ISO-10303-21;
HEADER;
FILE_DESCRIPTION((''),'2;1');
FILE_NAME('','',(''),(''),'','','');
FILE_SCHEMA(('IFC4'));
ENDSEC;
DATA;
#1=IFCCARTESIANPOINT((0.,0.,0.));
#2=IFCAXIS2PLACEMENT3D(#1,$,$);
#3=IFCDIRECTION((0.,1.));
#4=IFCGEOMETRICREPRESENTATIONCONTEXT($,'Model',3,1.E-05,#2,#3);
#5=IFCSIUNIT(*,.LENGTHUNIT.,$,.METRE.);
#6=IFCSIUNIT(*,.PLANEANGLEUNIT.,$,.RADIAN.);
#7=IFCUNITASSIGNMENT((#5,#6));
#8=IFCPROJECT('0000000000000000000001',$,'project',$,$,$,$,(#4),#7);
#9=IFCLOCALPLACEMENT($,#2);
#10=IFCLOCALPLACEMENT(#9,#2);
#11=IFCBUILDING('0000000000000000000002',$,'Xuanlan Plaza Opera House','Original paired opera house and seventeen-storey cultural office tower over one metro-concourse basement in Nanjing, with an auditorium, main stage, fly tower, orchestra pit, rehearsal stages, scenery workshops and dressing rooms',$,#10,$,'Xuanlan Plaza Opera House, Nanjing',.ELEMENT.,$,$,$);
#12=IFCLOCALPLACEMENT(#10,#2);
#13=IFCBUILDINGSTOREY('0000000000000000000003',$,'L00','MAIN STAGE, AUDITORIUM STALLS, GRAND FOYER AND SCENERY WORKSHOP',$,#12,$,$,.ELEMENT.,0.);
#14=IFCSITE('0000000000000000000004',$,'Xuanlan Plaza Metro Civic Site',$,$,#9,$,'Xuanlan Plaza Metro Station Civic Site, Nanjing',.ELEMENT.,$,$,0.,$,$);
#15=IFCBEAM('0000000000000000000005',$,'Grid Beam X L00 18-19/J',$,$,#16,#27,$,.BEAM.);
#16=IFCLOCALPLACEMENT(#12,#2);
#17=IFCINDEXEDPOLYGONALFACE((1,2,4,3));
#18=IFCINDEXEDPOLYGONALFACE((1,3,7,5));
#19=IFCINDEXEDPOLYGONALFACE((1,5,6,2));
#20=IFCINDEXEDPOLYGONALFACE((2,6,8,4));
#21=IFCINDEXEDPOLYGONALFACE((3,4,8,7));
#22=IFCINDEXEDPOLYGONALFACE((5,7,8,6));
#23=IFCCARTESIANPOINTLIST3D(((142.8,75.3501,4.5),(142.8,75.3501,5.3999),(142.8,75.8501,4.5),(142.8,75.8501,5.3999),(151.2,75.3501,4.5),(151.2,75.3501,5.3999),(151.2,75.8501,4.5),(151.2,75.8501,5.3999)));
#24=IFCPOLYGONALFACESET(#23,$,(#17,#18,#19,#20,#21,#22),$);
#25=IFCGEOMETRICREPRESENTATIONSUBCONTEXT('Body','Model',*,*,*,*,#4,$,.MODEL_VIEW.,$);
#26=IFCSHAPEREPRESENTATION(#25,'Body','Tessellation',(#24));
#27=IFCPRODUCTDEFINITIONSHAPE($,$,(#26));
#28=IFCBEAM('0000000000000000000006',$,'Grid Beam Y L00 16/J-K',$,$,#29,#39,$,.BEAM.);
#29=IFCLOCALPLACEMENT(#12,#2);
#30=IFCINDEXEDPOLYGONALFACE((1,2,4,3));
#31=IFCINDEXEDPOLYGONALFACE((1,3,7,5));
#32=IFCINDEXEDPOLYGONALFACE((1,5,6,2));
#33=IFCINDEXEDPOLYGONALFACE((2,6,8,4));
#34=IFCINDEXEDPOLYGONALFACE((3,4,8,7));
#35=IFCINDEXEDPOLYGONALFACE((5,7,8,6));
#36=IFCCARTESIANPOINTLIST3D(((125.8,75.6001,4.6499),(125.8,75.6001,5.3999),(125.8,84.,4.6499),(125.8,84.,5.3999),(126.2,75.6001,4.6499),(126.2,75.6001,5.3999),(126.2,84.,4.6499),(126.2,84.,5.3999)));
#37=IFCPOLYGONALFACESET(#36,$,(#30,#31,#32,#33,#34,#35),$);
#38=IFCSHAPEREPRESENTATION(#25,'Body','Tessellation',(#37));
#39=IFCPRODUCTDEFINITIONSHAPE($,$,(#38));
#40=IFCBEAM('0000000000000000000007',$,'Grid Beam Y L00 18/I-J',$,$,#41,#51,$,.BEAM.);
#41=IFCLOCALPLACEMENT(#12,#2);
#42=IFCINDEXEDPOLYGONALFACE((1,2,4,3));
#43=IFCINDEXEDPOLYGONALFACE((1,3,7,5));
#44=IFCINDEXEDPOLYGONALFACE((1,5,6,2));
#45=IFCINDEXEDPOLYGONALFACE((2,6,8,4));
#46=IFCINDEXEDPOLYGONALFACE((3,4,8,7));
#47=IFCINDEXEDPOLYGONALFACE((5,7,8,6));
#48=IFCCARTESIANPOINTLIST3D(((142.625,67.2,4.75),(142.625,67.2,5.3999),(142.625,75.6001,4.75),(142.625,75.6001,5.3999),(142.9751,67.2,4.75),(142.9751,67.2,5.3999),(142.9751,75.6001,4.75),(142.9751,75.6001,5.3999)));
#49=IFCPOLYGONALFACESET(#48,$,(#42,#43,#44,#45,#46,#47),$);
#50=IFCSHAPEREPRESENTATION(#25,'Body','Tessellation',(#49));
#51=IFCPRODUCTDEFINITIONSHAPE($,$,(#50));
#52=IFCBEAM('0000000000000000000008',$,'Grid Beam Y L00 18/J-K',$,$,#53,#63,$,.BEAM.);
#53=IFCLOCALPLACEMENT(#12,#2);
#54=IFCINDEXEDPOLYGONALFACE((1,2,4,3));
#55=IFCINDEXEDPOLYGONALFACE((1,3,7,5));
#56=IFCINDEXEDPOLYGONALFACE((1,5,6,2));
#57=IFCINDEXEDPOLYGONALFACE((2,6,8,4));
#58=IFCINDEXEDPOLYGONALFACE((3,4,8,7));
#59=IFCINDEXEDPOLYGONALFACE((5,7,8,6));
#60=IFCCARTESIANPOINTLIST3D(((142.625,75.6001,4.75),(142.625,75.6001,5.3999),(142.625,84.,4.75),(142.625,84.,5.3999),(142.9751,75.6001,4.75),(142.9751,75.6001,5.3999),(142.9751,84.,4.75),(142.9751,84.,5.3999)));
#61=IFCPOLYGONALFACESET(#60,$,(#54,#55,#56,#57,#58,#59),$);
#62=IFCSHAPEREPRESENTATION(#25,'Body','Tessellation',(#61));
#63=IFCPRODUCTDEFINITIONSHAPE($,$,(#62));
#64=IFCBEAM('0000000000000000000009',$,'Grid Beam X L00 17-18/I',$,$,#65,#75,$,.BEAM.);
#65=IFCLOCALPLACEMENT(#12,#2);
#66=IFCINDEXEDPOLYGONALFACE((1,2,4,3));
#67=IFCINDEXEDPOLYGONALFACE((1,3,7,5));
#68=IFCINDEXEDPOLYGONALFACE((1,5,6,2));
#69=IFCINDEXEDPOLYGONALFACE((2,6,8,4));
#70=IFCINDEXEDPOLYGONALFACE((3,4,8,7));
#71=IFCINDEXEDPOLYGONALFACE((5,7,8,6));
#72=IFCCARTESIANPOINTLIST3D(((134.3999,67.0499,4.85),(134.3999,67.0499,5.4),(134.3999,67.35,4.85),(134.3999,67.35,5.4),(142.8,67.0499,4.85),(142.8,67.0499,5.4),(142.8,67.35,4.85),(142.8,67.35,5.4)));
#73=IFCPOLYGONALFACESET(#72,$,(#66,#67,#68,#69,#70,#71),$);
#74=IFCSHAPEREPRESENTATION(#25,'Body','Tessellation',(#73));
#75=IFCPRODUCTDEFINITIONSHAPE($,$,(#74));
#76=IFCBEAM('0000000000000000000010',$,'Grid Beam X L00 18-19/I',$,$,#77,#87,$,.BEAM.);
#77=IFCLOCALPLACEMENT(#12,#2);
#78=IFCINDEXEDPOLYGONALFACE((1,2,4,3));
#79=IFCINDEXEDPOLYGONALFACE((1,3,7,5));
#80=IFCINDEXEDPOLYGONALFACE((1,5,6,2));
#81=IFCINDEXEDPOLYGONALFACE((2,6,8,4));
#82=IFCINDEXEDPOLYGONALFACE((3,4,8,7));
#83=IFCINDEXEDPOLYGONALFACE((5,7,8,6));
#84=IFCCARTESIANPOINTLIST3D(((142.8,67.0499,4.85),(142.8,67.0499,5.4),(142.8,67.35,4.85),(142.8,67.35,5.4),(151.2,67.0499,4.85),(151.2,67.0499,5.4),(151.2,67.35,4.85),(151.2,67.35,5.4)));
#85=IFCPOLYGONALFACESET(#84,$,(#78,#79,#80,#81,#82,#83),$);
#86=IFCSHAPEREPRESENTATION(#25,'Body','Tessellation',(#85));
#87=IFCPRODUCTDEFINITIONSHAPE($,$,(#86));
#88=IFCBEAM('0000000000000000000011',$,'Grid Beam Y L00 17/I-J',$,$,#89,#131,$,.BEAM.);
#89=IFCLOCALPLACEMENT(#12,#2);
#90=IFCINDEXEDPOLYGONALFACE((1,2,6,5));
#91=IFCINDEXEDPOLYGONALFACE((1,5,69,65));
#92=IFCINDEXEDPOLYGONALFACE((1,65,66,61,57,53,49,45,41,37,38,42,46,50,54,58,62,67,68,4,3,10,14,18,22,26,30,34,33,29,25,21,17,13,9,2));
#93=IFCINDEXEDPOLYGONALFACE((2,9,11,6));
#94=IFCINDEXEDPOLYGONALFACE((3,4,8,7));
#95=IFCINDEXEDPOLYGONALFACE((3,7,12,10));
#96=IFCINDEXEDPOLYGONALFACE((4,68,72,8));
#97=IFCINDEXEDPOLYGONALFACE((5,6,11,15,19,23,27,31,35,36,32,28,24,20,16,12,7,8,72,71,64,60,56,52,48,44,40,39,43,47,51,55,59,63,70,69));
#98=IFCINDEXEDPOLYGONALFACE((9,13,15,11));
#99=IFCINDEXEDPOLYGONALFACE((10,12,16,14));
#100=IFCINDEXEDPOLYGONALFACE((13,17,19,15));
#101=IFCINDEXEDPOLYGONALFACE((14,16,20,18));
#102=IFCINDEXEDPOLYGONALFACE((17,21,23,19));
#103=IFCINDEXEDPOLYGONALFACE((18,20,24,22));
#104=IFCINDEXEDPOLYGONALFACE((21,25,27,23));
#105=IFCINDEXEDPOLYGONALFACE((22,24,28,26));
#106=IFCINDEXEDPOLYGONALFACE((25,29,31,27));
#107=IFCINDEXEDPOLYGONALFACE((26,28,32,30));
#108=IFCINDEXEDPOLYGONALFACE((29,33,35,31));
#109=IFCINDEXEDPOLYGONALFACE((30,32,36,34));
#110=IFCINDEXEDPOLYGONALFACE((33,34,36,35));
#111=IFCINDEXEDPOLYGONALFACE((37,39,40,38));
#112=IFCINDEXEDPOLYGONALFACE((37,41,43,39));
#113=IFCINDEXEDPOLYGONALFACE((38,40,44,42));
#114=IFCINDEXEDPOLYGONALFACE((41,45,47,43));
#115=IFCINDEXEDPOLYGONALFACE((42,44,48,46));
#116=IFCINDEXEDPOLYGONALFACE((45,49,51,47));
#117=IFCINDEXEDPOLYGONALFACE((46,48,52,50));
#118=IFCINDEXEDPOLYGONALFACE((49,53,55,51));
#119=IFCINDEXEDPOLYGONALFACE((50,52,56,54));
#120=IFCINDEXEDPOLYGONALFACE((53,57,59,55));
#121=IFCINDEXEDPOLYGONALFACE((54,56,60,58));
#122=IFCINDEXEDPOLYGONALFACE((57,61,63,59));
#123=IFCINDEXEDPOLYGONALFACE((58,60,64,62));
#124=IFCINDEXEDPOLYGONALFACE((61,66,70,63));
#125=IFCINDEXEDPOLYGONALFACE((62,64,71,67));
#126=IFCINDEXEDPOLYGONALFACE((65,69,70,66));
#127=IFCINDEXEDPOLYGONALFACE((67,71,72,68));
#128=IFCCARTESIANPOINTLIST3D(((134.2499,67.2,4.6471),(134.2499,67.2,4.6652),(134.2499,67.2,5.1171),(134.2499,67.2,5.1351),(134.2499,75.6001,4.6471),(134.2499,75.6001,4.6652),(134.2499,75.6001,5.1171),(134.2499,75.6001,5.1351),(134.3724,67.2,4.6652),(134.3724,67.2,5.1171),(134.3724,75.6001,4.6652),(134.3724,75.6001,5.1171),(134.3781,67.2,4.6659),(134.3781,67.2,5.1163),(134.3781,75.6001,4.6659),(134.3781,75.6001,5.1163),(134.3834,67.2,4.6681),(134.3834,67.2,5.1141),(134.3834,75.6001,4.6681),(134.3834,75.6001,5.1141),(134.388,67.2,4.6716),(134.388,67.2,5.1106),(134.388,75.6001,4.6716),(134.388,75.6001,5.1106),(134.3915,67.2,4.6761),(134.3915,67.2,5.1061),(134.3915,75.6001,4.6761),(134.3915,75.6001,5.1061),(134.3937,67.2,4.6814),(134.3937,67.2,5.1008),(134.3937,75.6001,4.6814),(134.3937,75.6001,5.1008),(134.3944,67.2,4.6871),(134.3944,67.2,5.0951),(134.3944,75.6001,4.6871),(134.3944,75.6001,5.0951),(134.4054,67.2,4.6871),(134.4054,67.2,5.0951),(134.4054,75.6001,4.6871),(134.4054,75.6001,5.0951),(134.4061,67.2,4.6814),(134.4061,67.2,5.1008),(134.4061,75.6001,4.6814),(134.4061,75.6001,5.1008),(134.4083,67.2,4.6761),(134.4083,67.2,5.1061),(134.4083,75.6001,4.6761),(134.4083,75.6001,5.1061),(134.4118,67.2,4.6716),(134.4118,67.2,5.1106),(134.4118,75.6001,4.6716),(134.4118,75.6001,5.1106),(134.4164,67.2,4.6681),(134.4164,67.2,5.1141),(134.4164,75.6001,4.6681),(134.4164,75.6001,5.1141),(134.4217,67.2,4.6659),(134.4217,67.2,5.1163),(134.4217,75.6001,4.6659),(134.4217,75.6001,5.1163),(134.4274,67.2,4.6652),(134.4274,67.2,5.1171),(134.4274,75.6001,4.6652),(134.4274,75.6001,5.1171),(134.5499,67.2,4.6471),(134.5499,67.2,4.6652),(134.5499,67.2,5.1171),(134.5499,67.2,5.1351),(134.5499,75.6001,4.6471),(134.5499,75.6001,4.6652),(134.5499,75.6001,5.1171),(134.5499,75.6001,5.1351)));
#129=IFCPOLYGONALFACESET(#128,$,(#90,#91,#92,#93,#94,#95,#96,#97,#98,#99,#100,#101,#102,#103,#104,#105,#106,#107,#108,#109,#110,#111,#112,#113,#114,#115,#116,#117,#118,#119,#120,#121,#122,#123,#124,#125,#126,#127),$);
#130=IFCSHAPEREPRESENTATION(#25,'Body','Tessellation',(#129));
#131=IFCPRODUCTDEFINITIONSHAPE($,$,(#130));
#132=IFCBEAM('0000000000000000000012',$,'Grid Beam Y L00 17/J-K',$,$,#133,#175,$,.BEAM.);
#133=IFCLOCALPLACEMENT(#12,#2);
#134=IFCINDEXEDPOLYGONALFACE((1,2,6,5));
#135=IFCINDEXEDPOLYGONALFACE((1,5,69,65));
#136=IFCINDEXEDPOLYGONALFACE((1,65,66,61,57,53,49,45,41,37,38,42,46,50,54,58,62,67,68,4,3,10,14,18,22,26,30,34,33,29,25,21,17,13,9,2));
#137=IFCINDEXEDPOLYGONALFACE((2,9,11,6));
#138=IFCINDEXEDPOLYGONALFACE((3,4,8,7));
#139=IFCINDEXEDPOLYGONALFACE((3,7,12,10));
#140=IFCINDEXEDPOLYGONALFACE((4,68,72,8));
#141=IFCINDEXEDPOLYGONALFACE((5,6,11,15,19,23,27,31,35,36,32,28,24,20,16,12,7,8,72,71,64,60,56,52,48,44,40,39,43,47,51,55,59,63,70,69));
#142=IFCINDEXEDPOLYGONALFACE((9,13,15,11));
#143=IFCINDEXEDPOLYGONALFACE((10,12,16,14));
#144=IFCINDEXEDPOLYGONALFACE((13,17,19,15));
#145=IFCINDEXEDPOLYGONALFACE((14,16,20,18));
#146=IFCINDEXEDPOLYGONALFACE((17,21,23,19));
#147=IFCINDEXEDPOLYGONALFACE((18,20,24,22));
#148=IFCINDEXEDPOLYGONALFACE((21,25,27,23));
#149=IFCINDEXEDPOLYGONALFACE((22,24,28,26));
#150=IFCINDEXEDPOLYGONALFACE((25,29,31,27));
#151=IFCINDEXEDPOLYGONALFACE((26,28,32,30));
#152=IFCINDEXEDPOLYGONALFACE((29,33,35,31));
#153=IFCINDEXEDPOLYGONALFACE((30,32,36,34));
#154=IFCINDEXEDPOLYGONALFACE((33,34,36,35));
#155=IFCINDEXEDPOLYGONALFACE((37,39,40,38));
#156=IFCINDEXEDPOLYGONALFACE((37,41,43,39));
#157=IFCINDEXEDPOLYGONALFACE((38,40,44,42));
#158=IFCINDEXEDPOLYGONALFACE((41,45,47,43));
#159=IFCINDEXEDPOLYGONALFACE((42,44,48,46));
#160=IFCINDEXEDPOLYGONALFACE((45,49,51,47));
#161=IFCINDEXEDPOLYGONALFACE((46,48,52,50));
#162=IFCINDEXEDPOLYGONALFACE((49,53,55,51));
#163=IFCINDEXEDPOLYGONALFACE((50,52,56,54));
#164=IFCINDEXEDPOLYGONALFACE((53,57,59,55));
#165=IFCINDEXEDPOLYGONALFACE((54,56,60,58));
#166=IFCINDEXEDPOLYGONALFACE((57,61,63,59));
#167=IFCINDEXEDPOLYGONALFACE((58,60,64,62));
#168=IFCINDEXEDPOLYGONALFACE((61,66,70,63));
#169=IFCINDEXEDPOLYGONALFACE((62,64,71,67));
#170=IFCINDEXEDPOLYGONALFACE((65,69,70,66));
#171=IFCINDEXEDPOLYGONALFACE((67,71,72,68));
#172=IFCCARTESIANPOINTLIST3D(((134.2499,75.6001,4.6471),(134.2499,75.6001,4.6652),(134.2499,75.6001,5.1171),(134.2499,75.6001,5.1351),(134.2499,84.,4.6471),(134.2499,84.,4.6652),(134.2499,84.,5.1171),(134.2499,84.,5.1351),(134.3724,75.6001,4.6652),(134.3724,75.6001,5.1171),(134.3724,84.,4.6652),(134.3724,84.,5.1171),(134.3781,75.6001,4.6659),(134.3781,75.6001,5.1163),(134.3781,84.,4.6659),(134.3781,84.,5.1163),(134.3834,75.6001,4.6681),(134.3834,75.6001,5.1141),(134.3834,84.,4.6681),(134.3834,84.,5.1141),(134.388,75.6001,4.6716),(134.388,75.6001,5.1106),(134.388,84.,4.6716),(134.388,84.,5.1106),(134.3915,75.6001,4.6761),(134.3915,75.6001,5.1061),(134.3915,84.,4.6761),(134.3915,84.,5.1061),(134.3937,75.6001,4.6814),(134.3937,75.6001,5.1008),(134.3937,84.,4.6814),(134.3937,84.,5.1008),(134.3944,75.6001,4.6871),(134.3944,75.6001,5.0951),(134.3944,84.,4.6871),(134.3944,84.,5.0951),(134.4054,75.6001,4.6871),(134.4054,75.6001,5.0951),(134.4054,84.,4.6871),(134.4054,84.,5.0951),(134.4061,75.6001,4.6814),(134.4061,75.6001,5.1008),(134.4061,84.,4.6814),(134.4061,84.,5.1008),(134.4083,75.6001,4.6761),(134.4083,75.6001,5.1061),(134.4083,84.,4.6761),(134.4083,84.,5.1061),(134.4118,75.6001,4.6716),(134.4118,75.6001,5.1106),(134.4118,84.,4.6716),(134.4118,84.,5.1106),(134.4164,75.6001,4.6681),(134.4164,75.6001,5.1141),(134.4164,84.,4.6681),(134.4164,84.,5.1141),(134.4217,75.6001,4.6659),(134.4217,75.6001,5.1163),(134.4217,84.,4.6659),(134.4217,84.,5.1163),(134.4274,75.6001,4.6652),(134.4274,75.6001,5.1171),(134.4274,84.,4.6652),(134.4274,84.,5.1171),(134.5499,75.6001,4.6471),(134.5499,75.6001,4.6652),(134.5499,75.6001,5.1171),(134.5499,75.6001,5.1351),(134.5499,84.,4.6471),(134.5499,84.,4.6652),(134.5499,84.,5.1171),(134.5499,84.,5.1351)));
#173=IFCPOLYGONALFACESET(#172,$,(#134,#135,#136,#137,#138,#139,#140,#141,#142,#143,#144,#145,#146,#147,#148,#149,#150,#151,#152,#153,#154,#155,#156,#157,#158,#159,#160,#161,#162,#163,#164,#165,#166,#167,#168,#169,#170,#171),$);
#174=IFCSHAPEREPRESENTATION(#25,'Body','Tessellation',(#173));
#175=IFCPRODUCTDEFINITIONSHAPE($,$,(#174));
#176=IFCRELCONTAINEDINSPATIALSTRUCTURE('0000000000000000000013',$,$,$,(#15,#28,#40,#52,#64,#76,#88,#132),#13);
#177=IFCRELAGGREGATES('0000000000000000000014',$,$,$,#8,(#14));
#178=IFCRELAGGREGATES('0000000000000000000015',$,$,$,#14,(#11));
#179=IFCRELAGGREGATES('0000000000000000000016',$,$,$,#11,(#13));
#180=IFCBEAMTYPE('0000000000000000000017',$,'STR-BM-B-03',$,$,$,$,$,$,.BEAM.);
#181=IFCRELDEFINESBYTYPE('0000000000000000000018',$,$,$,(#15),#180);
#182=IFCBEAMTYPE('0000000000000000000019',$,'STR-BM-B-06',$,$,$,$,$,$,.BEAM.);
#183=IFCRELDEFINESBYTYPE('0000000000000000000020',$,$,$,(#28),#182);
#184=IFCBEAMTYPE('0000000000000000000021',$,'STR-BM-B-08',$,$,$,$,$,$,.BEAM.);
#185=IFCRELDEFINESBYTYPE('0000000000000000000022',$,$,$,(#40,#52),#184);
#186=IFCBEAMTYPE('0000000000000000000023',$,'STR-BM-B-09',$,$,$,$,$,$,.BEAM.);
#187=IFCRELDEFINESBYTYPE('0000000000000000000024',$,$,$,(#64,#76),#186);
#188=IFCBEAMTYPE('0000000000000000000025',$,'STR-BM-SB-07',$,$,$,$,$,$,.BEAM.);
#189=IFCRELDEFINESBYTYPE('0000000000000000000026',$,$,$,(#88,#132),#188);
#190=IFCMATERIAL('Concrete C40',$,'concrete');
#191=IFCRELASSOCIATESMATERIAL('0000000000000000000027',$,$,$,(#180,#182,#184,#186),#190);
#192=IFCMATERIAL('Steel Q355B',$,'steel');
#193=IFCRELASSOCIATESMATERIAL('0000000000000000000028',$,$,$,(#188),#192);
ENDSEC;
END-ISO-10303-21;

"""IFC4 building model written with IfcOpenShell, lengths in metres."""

from ifc_helpers import new_model, si_unit, direction, frame, origin, origin_2d, place, context, subcontext, project, spatial, rectangle, i_section, extrude, material, material_profile, profile_set, type_object, element, save


model = new_model("IFC4")

# Units and contexts
model_context = context("Model", 3, precision=1e-05, world=origin(), true_north=direction((0.0, 1.0)))
body_context = subcontext(model_context, "Body", "Model", "MODEL_VIEW")
ifc_project = project(units=[si_unit("LENGTHUNIT", "METRE"), si_unit("PLANEANGLEUNIT", "RADIAN")], contexts=[model_context])

# Site, building, storey
site_placement = place(None, origin())
site = spatial("IfcSite", under=ifc_project, at=site_placement, Name="Xuanlan Plaza Metro Civic Site", LongName="Xuanlan Plaza Metro Station Civic Site, Nanjing", CompositionType="ELEMENT", RefElevation=0.0)
building_placement = place(site_placement, origin())
building = spatial("IfcBuilding", under=site, at=building_placement, Name="Xuanlan Plaza Opera House", Description="Original paired opera house and seventeen-storey cultural office tower over one metro-concourse basement in Nanjing, with an auditorium, main stage, fly tower, orchestra pit, rehearsal stages, scenery workshops and dressing rooms", LongName="Xuanlan Plaza Opera House, Nanjing", CompositionType="ELEMENT")
storey_placement = place(building_placement, origin())
storey = spatial("IfcBuildingStorey", under=building, at=storey_placement, Name="L00", Description="MAIN STAGE, AUDITORIUM STALLS, GRAND FOYER AND SCENERY WORKSHOP", CompositionType="ELEMENT", Elevation=0.0)

# Beams
ifc_material_1 = material(Name="Concrete C40", Category="concrete")
ifc_material_profile_1 = material_profile(ifc_material_1, rectangle(XDim=0.5, YDim=0.8999, at=origin_2d()), Name="RC-BM 500x900")
ifc_profile_set_1 = profile_set([ifc_material_profile_1], Name="Concrete C40")
beam_type_1 = type_object("IfcBeamType", Name="STR-BM-B-03", PredefinedType="BEAM", material=ifc_profile_set_1)
beam_1_placement = place(storey_placement, frame((142.8, 75.6001, 4.95), z_axis=(1.0, 0.0, 0.0), x_axis=(0.0, 1.0, 0.0)))
element("IfcBeam", 1, at=beam_1_placement, inside=storey, type_object=beam_type_1, Name="Grid Beam X L00 18-19/J", PredefinedType="BEAM", context=body_context, shape_type="SweptSolid", body=[
    extrude(rectangle(XDim=0.5, YDim=0.8999, at=origin_2d()), origin(), (0.0, 0.0, 1.0), 8.3999),
])
ifc_material_profile_2 = material_profile(ifc_material_1, rectangle(XDim=0.3999, YDim=0.75, at=origin_2d()), Name="RC-BM 400x750")
ifc_profile_set_2 = profile_set([ifc_material_profile_2], Name="Concrete C40")
beam_type_2 = type_object("IfcBeamType", Name="STR-BM-B-06", PredefinedType="BEAM", material=ifc_profile_set_2)
beam_2_placement = place(storey_placement, frame((126.0, 75.6001, 5.0249), z_axis=(0.0, 1.0, 0.0), x_axis=(-1.0, 0.0, 0.0)))
element("IfcBeam", 2, at=beam_2_placement, inside=storey, type_object=beam_type_2, Name="Grid Beam Y L00 16/J-K", PredefinedType="BEAM", context=body_context, shape_type="SweptSolid", body=[
    extrude(rectangle(XDim=0.3999, YDim=0.75, at=origin_2d()), origin(), (0.0, 0.0, 1.0), 8.3999),
])
ifc_material_profile_3 = material_profile(ifc_material_1, rectangle(XDim=0.3501, YDim=0.6499, at=origin_2d()), Name="RC-BM 350x650")
ifc_profile_set_3 = profile_set([ifc_material_profile_3], Name="Concrete C40")
beam_type_3 = type_object("IfcBeamType", Name="STR-BM-B-08", PredefinedType="BEAM", material=ifc_profile_set_3)
beam_3_placement = place(storey_placement, frame((142.8, 67.2, 5.075), z_axis=(0.0, 1.0, 0.0), x_axis=(-1.0, 0.0, 0.0)))
element("IfcBeam", 3, at=beam_3_placement, inside=storey, type_object=beam_type_3, Name="Grid Beam Y L00 18/I-J", PredefinedType="BEAM", context=body_context, shape_type="SweptSolid", body=[
    extrude(rectangle(XDim=0.3501, YDim=0.6499, at=origin_2d()), origin(), (0.0, 0.0, 1.0), 8.4001),
])
beam_4_placement = place(storey_placement, frame((142.8, 75.6001, 5.075), z_axis=(0.0, 1.0, 0.0), x_axis=(-1.0, 0.0, 0.0)))
element("IfcBeam", 4, at=beam_4_placement, inside=storey, type_object=beam_type_3, Name="Grid Beam Y L00 18/J-K", PredefinedType="BEAM", context=body_context, shape_type="SweptSolid", body=[
    extrude(rectangle(XDim=0.3501, YDim=0.6499, at=origin_2d()), origin(), (0.0, 0.0, 1.0), 8.3999),
])
ifc_material_profile_4 = material_profile(ifc_material_1, rectangle(XDim=0.3, YDim=0.55, at=origin_2d()), Name="RC-BM 300x550")
ifc_profile_set_4 = profile_set([ifc_material_profile_4], Name="Concrete C40")
beam_type_4 = type_object("IfcBeamType", Name="STR-BM-B-09", PredefinedType="BEAM", material=ifc_profile_set_4)
beam_5_placement = place(storey_placement, frame((134.3999, 67.2, 5.125), z_axis=(1.0, 0.0, 0.0), x_axis=(0.0, 1.0, 0.0)))
element("IfcBeam", 5, at=beam_5_placement, inside=storey, type_object=beam_type_4, Name="Grid Beam X L00 17-18/I", PredefinedType="BEAM", context=body_context, shape_type="SweptSolid", body=[
    extrude(rectangle(XDim=0.3, YDim=0.55, at=origin_2d()), origin(), (0.0, 0.0, 1.0), 8.4001),
])
beam_6_placement = place(storey_placement, frame((142.8, 67.2, 5.125), z_axis=(1.0, 0.0, 0.0), x_axis=(0.0, 1.0, 0.0)))
element("IfcBeam", 6, at=beam_6_placement, inside=storey, type_object=beam_type_4, Name="Grid Beam X L00 18-19/I", PredefinedType="BEAM", context=body_context, shape_type="SweptSolid", body=[
    extrude(rectangle(XDim=0.3, YDim=0.55, at=origin_2d()), origin(), (0.0, 0.0, 1.0), 8.3999),
])
ifc_material_2 = material(Name="Steel Q355B", Category="steel")
ifc_material_profile_5 = material_profile(ifc_material_2, i_section(OverallWidth=0.3, OverallDepth=0.488, WebThickness=0.011, FlangeThickness=0.0181, FilletRadius=0.022, at=origin_2d()), Name="HM 488x300x11x18")
ifc_profile_set_5 = profile_set([ifc_material_profile_5], Name="Steel Q355B")
beam_type_5 = type_object("IfcBeamType", Name="STR-BM-SB-07", PredefinedType="BEAM", material=ifc_profile_set_5)
beam_7_placement = place(storey_placement, frame((134.3999, 67.2, 4.8911), z_axis=(0.0, 1.0, 0.0), x_axis=(-1.0, 0.0, 0.0)))
element("IfcBeam", 7, at=beam_7_placement, inside=storey, type_object=beam_type_5, Name="Grid Beam Y L00 17/I-J", PredefinedType="BEAM", context=body_context, shape_type="SweptSolid", body=[
    extrude(i_section(OverallWidth=0.3, OverallDepth=0.488, WebThickness=0.011, FlangeThickness=0.0181, FilletRadius=0.022, at=origin_2d()), origin(), (0.0, 0.0, 1.0), 8.4001),
])
beam_8_placement = place(storey_placement, frame((134.3999, 75.6001, 4.8911), z_axis=(0.0, 1.0, 0.0), x_axis=(-1.0, 0.0, 0.0)))
element("IfcBeam", 8, at=beam_8_placement, inside=storey, type_object=beam_type_5, Name="Grid Beam Y L00 17/J-K", PredefinedType="BEAM", context=body_context, shape_type="SweptSolid", body=[
    extrude(i_section(OverallWidth=0.3, OverallDepth=0.488, WebThickness=0.011, FlangeThickness=0.0181, FilletRadius=0.022, at=origin_2d()), origin(), (0.0, 0.0, 1.0), 8.3999),
])

save(model, "model.ifc")
